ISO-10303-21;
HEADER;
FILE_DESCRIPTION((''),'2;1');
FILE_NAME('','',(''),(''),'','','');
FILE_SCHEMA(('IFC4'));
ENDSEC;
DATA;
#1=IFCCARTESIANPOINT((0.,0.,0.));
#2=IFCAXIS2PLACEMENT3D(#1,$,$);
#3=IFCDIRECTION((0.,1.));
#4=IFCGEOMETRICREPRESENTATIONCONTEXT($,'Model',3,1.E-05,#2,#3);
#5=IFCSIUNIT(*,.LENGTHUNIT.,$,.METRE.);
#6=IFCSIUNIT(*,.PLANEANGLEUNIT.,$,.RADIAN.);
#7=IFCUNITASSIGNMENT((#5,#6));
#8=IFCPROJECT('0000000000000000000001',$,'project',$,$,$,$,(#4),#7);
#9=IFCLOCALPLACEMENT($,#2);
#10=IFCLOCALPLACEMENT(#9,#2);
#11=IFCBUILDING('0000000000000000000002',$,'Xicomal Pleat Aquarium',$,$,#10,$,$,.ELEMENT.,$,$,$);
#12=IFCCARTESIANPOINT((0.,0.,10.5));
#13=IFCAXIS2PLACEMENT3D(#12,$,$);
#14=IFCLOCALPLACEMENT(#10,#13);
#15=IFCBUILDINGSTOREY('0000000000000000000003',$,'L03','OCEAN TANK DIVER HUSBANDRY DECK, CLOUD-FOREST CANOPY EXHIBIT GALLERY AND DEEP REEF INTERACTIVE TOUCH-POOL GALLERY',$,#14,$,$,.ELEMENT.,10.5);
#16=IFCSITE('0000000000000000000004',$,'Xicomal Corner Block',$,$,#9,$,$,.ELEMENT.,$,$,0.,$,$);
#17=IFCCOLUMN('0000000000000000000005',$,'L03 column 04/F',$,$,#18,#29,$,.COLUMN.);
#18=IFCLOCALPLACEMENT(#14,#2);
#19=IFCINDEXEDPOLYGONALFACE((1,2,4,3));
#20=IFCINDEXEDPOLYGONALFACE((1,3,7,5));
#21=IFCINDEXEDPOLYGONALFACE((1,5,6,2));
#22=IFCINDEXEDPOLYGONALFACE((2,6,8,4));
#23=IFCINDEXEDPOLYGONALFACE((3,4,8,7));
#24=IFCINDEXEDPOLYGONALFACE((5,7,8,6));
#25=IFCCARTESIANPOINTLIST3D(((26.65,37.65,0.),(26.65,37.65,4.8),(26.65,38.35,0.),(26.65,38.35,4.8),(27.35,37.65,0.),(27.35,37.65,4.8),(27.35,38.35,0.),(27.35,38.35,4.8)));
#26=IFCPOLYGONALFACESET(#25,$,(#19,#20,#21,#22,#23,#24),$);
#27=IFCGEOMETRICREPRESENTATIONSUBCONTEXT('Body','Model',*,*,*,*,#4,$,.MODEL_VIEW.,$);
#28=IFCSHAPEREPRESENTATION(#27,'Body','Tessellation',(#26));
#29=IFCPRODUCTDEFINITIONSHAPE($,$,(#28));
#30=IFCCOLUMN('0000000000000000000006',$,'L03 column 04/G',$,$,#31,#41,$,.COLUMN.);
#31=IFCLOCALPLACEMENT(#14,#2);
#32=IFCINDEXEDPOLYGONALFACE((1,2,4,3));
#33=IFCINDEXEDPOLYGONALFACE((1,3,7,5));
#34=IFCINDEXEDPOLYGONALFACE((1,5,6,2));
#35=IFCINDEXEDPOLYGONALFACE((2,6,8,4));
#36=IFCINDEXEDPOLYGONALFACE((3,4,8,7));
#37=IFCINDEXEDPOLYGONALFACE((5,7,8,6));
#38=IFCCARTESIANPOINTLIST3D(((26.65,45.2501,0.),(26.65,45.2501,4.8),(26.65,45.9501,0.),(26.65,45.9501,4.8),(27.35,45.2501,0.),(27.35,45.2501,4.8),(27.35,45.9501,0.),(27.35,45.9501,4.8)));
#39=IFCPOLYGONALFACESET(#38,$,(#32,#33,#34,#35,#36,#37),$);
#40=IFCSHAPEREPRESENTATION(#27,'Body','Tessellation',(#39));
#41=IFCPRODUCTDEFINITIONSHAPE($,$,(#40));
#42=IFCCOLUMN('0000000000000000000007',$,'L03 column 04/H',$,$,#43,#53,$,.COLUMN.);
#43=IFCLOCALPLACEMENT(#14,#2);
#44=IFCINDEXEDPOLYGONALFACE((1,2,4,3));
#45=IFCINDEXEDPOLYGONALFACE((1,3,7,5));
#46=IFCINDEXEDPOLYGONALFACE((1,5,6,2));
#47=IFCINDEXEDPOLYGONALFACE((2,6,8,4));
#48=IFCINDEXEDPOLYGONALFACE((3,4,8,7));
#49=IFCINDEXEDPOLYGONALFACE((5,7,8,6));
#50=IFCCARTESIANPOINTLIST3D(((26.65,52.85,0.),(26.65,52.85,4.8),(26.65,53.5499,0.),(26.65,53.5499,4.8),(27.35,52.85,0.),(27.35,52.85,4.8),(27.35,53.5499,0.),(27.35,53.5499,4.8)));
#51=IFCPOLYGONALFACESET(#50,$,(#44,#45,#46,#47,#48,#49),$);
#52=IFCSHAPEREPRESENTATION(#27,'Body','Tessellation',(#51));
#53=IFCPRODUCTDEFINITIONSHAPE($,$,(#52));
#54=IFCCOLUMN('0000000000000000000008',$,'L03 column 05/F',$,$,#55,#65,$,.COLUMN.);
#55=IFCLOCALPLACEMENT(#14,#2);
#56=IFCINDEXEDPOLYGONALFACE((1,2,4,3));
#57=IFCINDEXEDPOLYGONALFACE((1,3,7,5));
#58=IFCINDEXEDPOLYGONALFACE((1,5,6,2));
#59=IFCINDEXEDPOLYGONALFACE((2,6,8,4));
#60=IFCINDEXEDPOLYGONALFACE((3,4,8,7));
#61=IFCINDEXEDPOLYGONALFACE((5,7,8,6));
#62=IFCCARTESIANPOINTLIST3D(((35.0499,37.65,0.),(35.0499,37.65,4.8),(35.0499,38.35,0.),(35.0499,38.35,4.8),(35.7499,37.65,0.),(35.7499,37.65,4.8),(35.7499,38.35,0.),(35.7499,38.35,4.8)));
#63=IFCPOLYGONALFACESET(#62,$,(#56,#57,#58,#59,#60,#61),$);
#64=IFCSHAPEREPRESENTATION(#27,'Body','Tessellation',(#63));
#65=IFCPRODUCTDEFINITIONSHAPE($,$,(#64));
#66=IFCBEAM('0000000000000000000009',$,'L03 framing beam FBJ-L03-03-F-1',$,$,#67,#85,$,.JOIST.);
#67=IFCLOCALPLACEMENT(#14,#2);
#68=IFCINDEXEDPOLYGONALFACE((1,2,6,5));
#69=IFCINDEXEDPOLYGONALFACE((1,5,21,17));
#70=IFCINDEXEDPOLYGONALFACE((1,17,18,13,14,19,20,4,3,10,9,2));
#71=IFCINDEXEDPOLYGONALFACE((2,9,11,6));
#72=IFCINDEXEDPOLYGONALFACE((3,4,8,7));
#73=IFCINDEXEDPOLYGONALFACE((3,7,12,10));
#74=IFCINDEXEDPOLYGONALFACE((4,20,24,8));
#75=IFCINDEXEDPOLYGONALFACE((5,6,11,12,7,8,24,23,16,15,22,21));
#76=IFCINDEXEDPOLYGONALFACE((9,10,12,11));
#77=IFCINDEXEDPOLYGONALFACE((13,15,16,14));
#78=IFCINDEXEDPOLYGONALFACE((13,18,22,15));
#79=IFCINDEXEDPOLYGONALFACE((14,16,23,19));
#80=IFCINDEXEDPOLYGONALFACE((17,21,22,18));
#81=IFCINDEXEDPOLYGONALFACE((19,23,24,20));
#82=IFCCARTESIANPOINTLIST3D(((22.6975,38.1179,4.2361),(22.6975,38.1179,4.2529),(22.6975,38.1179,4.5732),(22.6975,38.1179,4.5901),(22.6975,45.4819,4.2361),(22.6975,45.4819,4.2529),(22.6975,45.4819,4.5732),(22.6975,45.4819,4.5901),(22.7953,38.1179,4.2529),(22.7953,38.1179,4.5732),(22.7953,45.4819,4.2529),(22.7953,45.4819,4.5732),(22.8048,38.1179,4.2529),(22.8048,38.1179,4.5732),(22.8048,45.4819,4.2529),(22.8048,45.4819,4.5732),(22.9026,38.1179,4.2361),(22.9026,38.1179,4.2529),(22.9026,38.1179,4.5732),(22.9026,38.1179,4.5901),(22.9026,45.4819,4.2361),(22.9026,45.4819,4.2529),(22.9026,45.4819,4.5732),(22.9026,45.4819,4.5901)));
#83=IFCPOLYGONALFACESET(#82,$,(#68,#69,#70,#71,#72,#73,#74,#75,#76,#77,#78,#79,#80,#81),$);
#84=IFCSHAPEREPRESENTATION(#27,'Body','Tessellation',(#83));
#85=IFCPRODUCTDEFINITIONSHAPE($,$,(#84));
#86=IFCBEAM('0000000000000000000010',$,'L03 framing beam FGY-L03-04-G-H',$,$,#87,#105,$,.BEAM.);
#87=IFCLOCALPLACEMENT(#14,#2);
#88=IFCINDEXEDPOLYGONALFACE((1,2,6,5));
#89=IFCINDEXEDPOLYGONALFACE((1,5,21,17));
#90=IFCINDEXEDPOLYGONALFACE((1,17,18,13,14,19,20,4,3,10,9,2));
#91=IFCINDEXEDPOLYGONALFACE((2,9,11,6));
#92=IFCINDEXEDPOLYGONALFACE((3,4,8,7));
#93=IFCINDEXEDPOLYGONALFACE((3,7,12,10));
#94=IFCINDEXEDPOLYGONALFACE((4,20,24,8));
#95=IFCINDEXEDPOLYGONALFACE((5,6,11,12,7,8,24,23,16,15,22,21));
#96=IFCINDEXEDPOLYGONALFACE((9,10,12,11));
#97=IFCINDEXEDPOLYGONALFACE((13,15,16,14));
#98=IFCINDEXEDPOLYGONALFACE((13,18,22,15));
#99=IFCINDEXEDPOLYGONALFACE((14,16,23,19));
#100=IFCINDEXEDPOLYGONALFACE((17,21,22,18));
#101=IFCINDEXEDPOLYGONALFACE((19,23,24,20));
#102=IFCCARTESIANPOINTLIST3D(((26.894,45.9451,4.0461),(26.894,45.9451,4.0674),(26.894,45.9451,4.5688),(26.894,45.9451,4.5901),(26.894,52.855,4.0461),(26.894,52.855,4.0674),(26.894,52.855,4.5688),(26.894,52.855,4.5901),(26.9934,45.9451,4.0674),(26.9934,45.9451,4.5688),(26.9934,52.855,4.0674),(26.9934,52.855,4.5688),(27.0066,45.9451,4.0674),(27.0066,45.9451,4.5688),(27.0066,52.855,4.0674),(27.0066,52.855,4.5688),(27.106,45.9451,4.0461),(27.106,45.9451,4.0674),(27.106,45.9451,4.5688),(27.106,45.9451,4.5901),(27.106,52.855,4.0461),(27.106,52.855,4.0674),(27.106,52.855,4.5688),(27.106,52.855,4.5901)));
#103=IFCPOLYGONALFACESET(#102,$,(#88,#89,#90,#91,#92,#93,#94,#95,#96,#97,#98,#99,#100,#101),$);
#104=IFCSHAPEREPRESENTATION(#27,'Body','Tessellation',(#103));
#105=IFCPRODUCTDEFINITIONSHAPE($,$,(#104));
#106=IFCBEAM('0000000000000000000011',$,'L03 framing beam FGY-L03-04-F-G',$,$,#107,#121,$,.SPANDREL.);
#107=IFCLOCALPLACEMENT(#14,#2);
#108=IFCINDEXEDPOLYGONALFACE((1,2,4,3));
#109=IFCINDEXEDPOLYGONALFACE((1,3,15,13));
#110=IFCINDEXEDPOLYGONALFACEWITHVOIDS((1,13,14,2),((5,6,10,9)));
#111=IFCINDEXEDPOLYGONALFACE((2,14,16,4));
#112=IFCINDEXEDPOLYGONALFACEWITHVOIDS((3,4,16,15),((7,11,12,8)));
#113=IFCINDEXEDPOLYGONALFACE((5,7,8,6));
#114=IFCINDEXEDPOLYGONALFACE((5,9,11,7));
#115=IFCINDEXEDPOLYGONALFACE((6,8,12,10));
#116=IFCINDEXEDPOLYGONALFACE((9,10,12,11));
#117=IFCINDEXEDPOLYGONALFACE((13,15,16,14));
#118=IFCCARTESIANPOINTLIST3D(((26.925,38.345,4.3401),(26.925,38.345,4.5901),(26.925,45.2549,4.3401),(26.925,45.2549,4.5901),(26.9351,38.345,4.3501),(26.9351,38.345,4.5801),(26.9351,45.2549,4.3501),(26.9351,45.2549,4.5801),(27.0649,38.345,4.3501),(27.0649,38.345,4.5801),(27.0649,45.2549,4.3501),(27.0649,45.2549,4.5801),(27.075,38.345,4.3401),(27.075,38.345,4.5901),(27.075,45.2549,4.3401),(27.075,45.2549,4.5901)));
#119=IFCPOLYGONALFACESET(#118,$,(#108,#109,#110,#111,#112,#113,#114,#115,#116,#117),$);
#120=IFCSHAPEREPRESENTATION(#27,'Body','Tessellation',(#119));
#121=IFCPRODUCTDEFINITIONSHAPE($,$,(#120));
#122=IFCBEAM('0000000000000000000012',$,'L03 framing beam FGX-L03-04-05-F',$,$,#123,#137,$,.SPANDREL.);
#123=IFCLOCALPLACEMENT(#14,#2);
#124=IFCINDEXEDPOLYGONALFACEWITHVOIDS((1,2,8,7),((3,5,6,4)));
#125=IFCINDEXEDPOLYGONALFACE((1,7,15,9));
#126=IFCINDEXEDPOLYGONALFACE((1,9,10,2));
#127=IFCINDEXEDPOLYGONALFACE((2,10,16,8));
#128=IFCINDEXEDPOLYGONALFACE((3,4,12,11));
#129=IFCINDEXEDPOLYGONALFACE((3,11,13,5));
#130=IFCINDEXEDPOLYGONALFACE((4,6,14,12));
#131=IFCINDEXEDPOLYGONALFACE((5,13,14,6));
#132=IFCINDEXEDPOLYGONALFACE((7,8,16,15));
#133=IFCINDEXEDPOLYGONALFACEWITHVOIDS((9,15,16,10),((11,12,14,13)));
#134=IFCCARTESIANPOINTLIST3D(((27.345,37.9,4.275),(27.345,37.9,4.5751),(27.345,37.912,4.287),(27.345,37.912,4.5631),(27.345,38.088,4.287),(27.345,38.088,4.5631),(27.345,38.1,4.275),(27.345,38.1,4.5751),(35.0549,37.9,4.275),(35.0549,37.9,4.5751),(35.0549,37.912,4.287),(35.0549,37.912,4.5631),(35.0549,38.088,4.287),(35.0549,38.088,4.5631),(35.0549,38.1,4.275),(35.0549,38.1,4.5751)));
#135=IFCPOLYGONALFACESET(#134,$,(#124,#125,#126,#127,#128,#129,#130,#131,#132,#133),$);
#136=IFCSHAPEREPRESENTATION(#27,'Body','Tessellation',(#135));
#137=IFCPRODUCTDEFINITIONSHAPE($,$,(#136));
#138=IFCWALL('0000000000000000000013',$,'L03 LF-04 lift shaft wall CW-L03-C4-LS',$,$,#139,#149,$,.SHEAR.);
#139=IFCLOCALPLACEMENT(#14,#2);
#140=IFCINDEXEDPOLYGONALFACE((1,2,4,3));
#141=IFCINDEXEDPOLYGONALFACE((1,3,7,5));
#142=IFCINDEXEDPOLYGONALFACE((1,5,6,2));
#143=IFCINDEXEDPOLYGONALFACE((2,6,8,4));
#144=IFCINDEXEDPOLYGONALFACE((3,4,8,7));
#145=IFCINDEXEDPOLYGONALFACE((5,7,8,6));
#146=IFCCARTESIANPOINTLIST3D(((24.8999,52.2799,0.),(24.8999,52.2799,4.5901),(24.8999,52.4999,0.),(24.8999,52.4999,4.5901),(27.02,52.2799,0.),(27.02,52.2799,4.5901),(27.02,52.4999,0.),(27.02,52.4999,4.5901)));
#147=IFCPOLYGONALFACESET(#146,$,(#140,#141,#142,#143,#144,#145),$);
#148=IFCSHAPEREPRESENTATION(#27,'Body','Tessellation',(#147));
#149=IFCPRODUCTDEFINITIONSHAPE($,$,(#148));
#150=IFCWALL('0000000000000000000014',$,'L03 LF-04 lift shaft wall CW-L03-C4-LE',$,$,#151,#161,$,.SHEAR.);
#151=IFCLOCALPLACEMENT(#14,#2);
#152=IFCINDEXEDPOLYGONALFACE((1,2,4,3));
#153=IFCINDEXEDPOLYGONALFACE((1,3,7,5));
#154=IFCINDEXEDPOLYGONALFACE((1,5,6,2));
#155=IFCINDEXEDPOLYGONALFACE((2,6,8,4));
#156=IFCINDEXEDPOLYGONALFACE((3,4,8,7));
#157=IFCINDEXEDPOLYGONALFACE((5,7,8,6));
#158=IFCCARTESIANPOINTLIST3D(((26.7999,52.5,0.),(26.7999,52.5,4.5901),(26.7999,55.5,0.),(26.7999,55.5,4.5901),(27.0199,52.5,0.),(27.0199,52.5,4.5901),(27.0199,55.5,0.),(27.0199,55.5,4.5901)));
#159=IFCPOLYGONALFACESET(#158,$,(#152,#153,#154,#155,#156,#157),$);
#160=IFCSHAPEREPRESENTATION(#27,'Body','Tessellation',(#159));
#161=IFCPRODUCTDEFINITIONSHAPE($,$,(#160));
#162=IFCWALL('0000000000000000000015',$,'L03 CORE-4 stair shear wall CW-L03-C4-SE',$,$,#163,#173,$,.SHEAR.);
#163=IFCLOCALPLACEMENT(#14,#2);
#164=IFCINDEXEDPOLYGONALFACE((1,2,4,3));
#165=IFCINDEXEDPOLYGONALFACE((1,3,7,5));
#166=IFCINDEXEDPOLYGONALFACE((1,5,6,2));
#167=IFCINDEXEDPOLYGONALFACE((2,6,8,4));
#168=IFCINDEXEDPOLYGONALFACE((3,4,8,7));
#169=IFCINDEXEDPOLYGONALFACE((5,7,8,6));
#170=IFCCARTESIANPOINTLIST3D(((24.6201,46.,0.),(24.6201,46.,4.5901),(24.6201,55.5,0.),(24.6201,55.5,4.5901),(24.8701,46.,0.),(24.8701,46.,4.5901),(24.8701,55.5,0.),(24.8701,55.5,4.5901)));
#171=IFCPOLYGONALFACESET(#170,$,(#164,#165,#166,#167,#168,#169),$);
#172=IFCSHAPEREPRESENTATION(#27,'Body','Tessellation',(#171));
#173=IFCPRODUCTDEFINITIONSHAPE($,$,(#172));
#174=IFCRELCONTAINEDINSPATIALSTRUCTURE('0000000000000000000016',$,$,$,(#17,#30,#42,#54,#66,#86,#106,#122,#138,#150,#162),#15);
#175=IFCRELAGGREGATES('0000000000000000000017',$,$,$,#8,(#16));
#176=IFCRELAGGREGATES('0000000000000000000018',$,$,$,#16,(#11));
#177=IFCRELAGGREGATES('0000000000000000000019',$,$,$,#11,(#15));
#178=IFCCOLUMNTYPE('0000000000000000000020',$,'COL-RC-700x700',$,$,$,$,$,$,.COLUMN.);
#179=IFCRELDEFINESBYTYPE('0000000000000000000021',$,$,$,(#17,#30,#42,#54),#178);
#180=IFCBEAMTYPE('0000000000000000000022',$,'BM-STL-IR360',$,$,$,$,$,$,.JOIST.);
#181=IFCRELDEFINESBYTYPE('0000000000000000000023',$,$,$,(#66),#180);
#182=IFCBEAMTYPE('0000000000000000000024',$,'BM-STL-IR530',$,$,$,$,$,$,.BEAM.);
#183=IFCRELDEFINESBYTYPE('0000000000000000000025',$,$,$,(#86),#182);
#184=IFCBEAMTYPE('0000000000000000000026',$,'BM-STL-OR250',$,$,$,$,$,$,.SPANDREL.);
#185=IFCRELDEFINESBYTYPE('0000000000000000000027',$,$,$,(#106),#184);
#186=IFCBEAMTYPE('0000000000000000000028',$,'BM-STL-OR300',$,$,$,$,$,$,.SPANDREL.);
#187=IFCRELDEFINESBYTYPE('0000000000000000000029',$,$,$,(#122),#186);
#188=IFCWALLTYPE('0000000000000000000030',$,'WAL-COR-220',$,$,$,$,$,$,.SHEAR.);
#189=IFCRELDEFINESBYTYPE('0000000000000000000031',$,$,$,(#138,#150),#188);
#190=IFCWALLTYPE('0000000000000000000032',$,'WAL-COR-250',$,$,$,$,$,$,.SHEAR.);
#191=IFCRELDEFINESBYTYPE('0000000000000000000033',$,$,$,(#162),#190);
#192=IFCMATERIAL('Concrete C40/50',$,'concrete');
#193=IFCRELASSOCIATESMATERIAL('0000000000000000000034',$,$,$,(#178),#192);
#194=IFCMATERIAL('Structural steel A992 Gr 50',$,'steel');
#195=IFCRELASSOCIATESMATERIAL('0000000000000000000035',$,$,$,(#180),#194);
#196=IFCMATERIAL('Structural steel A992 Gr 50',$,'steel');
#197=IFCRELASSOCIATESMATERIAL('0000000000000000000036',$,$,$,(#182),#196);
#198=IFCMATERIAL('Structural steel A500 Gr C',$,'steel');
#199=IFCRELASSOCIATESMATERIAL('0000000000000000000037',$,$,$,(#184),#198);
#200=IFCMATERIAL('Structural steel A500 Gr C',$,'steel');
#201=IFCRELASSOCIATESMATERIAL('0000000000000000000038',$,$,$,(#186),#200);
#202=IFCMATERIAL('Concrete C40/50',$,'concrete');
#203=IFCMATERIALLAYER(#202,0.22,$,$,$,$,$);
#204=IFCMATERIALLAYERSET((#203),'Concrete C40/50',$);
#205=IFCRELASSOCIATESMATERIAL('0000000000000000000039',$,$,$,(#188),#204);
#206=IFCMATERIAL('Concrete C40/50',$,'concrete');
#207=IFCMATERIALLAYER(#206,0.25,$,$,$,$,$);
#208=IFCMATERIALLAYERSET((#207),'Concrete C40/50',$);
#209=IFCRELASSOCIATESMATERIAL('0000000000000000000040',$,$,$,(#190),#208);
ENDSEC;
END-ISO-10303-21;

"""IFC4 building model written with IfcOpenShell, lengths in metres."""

from ifc_helpers import new_model, si_unit, direction, frame, frame_2d, origin, origin_2d, place, context, subcontext, project, spatial, rectangle, hollow_rectangle, i_section, extrude, material, layer, layer_set, material_profile, profile_set, type_object, element, save


model = new_model("IFC4")

# Units and contexts
model_context = context("Model", 3, precision=1e-05, world=origin(), true_north=direction((0.0, 1.0)))
body_context = subcontext(model_context, "Body", "Model", "MODEL_VIEW")
ifc_project = project(units=[si_unit("LENGTHUNIT", "METRE"), si_unit("PLANEANGLEUNIT", "RADIAN")], contexts=[model_context])

# Site, building, storey
site_placement = place(None, origin())
site = spatial("IfcSite", under=ifc_project, at=site_placement, Name="Xicomal Corner Block", CompositionType="ELEMENT", RefElevation=0.0)
building_placement = place(site_placement, origin())
building = spatial("IfcBuilding", under=site, at=building_placement, Name="Xicomal Pleat Aquarium", CompositionType="ELEMENT")
storey_placement = place(building_placement, frame((0.0, 0.0, 10.5)))
storey = spatial("IfcBuildingStorey", under=building, at=storey_placement, Name="L03", Description="OCEAN TANK DIVER HUSBANDRY DECK, CLOUD-FOREST CANOPY EXHIBIT GALLERY AND DEEP REEF INTERACTIVE TOUCH-POOL GALLERY", CompositionType="ELEMENT", Elevation=10.5)

# Columns
ifc_material_1 = material(Name="Concrete C40/50", Category="concrete")
ifc_material_profile_1 = material_profile(ifc_material_1, rectangle(XDim=0.7, YDim=0.7, at=origin_2d()), Name="RC 700x700")
ifc_profile_set_1 = profile_set([ifc_material_profile_1], Name="Concrete C40/50")
column_type = type_object("IfcColumnType", Name="COL-RC-700x700", PredefinedType="COLUMN", material=ifc_profile_set_1)
for number, where, z_axis, x_axis, name in (
    (1, (27.0, 38.0, 0.0), (0.0, 0.0, 1.0), (1.0, 0.0, 0.0), "L03 column 04/F"),
    (2, (27.0, 45.6001, 0.0), (0.0, 0.0, 1.0), (1.0, 0.0, 0.0), "L03 column 04/G"),
    (3, (27.0, 53.2, 0.0), (0.0, 0.0, 1.0), (1.0, 0.0, 0.0), "L03 column 04/H"),
    (4, (35.3999, 38.0, 0.0), (0.0, 0.0, 1.0), (1.0, 0.0, 0.0), "L03 column 05/F"),
):
    element("IfcColumn", number, at=place(storey_placement, frame(where, z_axis=z_axis, x_axis=x_axis)), inside=storey, type_object=column_type, Name=name, PredefinedType="COLUMN", context=body_context, shape_type="SweptSolid", body=[
        extrude(rectangle(XDim=0.7, YDim=0.7, at=origin_2d()), origin(), (0.0, 0.0, 1.0), 4.8),
    ])

# Beams
ifc_material_2 = material(Name="Structural steel A992 Gr 50", Category="steel")
ifc_material_profile_2 = material_profile(ifc_material_2, i_section(OverallWidth=0.2051, OverallDepth=0.354, WebThickness=0.0095, FlangeThickness=0.0168, at=origin_2d()), Name="IR 360x79")
ifc_profile_set_2 = profile_set([ifc_material_profile_2], Name="Structural steel A992 Gr 50")
beam_type_1 = type_object("IfcBeamType", Name="BM-STL-IR360", PredefinedType="JOIST", material=ifc_profile_set_2)
beam_1_placement = place(storey_placement, frame((22.8, 38.1179, 4.4131), z_axis=(0.0, 1.0, 0.0), x_axis=(-1.0, 0.0, 0.0)))
element("IfcBeam", 5, at=beam_1_placement, inside=storey, type_object=beam_type_1, Name="L03 framing beam FBJ-L03-03-F-1", PredefinedType="JOIST", context=body_context, shape_type="SweptSolid", body=[
    extrude(i_section(OverallWidth=0.2051, OverallDepth=0.354, WebThickness=0.0095, FlangeThickness=0.0168, at=origin_2d()), origin(), (0.0, 0.0, 1.0), 7.364),
])
ifc_material_3 = material(Name="Structural steel A992 Gr 50", Category="steel")
ifc_material_profile_3 = material_profile(ifc_material_3, i_section(OverallWidth=0.2119, OverallDepth=0.5439, WebThickness=0.0132, FlangeThickness=0.0212, at=origin_2d()), Name="IR 530x123")
ifc_profile_set_3 = profile_set([ifc_material_profile_3], Name="Structural steel A992 Gr 50")
beam_type_2 = type_object("IfcBeamType", Name="BM-STL-IR530", PredefinedType="BEAM", material=ifc_profile_set_3)
beam_2_placement = place(storey_placement, frame((27.0, 45.9451, 4.3181), z_axis=(0.0, 1.0, 0.0), x_axis=(-1.0, 0.0, 0.0)))
element("IfcBeam", 6, at=beam_2_placement, inside=storey, type_object=beam_type_2, Name="L03 framing beam FGY-L03-04-G-H", PredefinedType="BEAM", context=body_context, shape_type="SweptSolid", body=[
    extrude(i_section(OverallWidth=0.2119, OverallDepth=0.5439, WebThickness=0.0132, FlangeThickness=0.0212, at=origin_2d()), origin(), (0.0, 0.0, 1.0), 6.9099),
])
ifc_material_4 = material(Name="Structural steel A500 Gr C", Category="steel")
ifc_material_profile_4 = material_profile(ifc_material_4, hollow_rectangle(XDim=0.1499, YDim=0.25, WallThickness=0.01, at=origin_2d()), Name="OR 250x150x10")
ifc_profile_set_4 = profile_set([ifc_material_profile_4], Name="Structural steel A500 Gr C")
beam_type_3 = type_object("IfcBeamType", Name="BM-STL-OR250", PredefinedType="SPANDREL", material=ifc_profile_set_4)
beam_3_placement = place(storey_placement, frame((27.0, 38.345, 4.4651), z_axis=(0.0, 1.0, 0.0), x_axis=(-1.0, 0.0, 0.0)))
element("IfcBeam", 7, at=beam_3_placement, inside=storey, type_object=beam_type_3, Name="L03 framing beam FGY-L03-04-F-G", PredefinedType="SPANDREL", context=body_context, shape_type="SweptSolid", body=[
    extrude(hollow_rectangle(XDim=0.1499, YDim=0.25, WallThickness=0.01, at=origin_2d()), origin(), (0.0, 0.0, 1.0), 6.9099),
])
ifc_material_5 = material(Name="Structural steel A500 Gr C", Category="steel")
ifc_material_profile_5 = material_profile(ifc_material_5, hollow_rectangle(XDim=0.2, YDim=0.3, WallThickness=0.012, at=origin_2d()), Name="OR 300x200x12")
ifc_profile_set_5 = profile_set([ifc_material_profile_5], Name="Structural steel A500 Gr C")
beam_type_4 = type_object("IfcBeamType", Name="BM-STL-OR300", PredefinedType="SPANDREL", material=ifc_profile_set_5)
beam_4_placement = place(storey_placement, frame((27.345, 38.0, 4.425), z_axis=(1.0, 0.0, 0.0), x_axis=(0.0, 1.0, 0.0)))
element("IfcBeam", 8, at=beam_4_placement, inside=storey, type_object=beam_type_4, Name="L03 framing beam FGX-L03-04-05-F", PredefinedType="SPANDREL", context=body_context, shape_type="SweptSolid", body=[
    extrude(hollow_rectangle(XDim=0.2, YDim=0.3, WallThickness=0.012, at=origin_2d()), origin(), (0.0, 0.0, 1.0), 7.71),
])

# Walls
ifc_material_6 = material(Name="Concrete C40/50", Category="concrete")
ifc_layer_1 = layer(ifc_material_6, 0.22)
ifc_layer_set_1 = layer_set([ifc_layer_1], Name="Concrete C40/50")
wall_type_1 = type_object("IfcWallType", Name="WAL-COR-220", PredefinedType="SHEAR", material=ifc_layer_set_1)
wall_1_placement = place(storey_placement, frame((24.8999, 52.3899, 0.0), z_axis=(0.0, 0.0, 1.0), x_axis=(1.0, 0.0, 0.0)))
element("IfcWall", 9, at=wall_1_placement, inside=storey, type_object=wall_type_1, Name="L03 LF-04 lift shaft wall CW-L03-C4-LS", PredefinedType="SHEAR", context=body_context, shape_type="SweptSolid", body=[
    extrude(rectangle(XDim=2.1201, YDim=0.22, at=frame_2d((1.0601, 0.0))), origin(), (0.0, 0.0, 1.0), 4.5901),
])
wall_2_placement = place(storey_placement, frame((26.9099, 52.5, 0.0), z_axis=(0.0, 0.0, 1.0), x_axis=(0.0, 1.0, 0.0)))
element("IfcWall", 10, at=wall_2_placement, inside=storey, type_object=wall_type_1, Name="L03 LF-04 lift shaft wall CW-L03-C4-LE", PredefinedType="SHEAR", context=body_context, shape_type="SweptSolid", body=[
    extrude(rectangle(XDim=3.0, YDim=0.22, at=frame_2d((1.5, 0.0))), origin(), (0.0, 0.0, 1.0), 4.5901),
])
ifc_material_7 = material(Name="Concrete C40/50", Category="concrete")
ifc_layer_2 = layer(ifc_material_7, 0.25)
ifc_layer_set_2 = layer_set([ifc_layer_2], Name="Concrete C40/50")
wall_type_2 = type_object("IfcWallType", Name="WAL-COR-250", PredefinedType="SHEAR", material=ifc_layer_set_2)
wall_3_placement = place(storey_placement, frame((24.7451, 46.0, 0.0), z_axis=(0.0, 0.0, 1.0), x_axis=(0.0, 1.0, 0.0)))
element("IfcWall", 11, at=wall_3_placement, inside=storey, type_object=wall_type_2, Name="L03 CORE-4 stair shear wall CW-L03-C4-SE", PredefinedType="SHEAR", context=body_context, shape_type="SweptSolid", body=[
    extrude(rectangle(XDim=9.5, YDim=0.25, at=frame_2d((4.75, 0.0))), origin(), (0.0, 0.0, 1.0), 4.5901),
])

save(model, "model.ifc")
